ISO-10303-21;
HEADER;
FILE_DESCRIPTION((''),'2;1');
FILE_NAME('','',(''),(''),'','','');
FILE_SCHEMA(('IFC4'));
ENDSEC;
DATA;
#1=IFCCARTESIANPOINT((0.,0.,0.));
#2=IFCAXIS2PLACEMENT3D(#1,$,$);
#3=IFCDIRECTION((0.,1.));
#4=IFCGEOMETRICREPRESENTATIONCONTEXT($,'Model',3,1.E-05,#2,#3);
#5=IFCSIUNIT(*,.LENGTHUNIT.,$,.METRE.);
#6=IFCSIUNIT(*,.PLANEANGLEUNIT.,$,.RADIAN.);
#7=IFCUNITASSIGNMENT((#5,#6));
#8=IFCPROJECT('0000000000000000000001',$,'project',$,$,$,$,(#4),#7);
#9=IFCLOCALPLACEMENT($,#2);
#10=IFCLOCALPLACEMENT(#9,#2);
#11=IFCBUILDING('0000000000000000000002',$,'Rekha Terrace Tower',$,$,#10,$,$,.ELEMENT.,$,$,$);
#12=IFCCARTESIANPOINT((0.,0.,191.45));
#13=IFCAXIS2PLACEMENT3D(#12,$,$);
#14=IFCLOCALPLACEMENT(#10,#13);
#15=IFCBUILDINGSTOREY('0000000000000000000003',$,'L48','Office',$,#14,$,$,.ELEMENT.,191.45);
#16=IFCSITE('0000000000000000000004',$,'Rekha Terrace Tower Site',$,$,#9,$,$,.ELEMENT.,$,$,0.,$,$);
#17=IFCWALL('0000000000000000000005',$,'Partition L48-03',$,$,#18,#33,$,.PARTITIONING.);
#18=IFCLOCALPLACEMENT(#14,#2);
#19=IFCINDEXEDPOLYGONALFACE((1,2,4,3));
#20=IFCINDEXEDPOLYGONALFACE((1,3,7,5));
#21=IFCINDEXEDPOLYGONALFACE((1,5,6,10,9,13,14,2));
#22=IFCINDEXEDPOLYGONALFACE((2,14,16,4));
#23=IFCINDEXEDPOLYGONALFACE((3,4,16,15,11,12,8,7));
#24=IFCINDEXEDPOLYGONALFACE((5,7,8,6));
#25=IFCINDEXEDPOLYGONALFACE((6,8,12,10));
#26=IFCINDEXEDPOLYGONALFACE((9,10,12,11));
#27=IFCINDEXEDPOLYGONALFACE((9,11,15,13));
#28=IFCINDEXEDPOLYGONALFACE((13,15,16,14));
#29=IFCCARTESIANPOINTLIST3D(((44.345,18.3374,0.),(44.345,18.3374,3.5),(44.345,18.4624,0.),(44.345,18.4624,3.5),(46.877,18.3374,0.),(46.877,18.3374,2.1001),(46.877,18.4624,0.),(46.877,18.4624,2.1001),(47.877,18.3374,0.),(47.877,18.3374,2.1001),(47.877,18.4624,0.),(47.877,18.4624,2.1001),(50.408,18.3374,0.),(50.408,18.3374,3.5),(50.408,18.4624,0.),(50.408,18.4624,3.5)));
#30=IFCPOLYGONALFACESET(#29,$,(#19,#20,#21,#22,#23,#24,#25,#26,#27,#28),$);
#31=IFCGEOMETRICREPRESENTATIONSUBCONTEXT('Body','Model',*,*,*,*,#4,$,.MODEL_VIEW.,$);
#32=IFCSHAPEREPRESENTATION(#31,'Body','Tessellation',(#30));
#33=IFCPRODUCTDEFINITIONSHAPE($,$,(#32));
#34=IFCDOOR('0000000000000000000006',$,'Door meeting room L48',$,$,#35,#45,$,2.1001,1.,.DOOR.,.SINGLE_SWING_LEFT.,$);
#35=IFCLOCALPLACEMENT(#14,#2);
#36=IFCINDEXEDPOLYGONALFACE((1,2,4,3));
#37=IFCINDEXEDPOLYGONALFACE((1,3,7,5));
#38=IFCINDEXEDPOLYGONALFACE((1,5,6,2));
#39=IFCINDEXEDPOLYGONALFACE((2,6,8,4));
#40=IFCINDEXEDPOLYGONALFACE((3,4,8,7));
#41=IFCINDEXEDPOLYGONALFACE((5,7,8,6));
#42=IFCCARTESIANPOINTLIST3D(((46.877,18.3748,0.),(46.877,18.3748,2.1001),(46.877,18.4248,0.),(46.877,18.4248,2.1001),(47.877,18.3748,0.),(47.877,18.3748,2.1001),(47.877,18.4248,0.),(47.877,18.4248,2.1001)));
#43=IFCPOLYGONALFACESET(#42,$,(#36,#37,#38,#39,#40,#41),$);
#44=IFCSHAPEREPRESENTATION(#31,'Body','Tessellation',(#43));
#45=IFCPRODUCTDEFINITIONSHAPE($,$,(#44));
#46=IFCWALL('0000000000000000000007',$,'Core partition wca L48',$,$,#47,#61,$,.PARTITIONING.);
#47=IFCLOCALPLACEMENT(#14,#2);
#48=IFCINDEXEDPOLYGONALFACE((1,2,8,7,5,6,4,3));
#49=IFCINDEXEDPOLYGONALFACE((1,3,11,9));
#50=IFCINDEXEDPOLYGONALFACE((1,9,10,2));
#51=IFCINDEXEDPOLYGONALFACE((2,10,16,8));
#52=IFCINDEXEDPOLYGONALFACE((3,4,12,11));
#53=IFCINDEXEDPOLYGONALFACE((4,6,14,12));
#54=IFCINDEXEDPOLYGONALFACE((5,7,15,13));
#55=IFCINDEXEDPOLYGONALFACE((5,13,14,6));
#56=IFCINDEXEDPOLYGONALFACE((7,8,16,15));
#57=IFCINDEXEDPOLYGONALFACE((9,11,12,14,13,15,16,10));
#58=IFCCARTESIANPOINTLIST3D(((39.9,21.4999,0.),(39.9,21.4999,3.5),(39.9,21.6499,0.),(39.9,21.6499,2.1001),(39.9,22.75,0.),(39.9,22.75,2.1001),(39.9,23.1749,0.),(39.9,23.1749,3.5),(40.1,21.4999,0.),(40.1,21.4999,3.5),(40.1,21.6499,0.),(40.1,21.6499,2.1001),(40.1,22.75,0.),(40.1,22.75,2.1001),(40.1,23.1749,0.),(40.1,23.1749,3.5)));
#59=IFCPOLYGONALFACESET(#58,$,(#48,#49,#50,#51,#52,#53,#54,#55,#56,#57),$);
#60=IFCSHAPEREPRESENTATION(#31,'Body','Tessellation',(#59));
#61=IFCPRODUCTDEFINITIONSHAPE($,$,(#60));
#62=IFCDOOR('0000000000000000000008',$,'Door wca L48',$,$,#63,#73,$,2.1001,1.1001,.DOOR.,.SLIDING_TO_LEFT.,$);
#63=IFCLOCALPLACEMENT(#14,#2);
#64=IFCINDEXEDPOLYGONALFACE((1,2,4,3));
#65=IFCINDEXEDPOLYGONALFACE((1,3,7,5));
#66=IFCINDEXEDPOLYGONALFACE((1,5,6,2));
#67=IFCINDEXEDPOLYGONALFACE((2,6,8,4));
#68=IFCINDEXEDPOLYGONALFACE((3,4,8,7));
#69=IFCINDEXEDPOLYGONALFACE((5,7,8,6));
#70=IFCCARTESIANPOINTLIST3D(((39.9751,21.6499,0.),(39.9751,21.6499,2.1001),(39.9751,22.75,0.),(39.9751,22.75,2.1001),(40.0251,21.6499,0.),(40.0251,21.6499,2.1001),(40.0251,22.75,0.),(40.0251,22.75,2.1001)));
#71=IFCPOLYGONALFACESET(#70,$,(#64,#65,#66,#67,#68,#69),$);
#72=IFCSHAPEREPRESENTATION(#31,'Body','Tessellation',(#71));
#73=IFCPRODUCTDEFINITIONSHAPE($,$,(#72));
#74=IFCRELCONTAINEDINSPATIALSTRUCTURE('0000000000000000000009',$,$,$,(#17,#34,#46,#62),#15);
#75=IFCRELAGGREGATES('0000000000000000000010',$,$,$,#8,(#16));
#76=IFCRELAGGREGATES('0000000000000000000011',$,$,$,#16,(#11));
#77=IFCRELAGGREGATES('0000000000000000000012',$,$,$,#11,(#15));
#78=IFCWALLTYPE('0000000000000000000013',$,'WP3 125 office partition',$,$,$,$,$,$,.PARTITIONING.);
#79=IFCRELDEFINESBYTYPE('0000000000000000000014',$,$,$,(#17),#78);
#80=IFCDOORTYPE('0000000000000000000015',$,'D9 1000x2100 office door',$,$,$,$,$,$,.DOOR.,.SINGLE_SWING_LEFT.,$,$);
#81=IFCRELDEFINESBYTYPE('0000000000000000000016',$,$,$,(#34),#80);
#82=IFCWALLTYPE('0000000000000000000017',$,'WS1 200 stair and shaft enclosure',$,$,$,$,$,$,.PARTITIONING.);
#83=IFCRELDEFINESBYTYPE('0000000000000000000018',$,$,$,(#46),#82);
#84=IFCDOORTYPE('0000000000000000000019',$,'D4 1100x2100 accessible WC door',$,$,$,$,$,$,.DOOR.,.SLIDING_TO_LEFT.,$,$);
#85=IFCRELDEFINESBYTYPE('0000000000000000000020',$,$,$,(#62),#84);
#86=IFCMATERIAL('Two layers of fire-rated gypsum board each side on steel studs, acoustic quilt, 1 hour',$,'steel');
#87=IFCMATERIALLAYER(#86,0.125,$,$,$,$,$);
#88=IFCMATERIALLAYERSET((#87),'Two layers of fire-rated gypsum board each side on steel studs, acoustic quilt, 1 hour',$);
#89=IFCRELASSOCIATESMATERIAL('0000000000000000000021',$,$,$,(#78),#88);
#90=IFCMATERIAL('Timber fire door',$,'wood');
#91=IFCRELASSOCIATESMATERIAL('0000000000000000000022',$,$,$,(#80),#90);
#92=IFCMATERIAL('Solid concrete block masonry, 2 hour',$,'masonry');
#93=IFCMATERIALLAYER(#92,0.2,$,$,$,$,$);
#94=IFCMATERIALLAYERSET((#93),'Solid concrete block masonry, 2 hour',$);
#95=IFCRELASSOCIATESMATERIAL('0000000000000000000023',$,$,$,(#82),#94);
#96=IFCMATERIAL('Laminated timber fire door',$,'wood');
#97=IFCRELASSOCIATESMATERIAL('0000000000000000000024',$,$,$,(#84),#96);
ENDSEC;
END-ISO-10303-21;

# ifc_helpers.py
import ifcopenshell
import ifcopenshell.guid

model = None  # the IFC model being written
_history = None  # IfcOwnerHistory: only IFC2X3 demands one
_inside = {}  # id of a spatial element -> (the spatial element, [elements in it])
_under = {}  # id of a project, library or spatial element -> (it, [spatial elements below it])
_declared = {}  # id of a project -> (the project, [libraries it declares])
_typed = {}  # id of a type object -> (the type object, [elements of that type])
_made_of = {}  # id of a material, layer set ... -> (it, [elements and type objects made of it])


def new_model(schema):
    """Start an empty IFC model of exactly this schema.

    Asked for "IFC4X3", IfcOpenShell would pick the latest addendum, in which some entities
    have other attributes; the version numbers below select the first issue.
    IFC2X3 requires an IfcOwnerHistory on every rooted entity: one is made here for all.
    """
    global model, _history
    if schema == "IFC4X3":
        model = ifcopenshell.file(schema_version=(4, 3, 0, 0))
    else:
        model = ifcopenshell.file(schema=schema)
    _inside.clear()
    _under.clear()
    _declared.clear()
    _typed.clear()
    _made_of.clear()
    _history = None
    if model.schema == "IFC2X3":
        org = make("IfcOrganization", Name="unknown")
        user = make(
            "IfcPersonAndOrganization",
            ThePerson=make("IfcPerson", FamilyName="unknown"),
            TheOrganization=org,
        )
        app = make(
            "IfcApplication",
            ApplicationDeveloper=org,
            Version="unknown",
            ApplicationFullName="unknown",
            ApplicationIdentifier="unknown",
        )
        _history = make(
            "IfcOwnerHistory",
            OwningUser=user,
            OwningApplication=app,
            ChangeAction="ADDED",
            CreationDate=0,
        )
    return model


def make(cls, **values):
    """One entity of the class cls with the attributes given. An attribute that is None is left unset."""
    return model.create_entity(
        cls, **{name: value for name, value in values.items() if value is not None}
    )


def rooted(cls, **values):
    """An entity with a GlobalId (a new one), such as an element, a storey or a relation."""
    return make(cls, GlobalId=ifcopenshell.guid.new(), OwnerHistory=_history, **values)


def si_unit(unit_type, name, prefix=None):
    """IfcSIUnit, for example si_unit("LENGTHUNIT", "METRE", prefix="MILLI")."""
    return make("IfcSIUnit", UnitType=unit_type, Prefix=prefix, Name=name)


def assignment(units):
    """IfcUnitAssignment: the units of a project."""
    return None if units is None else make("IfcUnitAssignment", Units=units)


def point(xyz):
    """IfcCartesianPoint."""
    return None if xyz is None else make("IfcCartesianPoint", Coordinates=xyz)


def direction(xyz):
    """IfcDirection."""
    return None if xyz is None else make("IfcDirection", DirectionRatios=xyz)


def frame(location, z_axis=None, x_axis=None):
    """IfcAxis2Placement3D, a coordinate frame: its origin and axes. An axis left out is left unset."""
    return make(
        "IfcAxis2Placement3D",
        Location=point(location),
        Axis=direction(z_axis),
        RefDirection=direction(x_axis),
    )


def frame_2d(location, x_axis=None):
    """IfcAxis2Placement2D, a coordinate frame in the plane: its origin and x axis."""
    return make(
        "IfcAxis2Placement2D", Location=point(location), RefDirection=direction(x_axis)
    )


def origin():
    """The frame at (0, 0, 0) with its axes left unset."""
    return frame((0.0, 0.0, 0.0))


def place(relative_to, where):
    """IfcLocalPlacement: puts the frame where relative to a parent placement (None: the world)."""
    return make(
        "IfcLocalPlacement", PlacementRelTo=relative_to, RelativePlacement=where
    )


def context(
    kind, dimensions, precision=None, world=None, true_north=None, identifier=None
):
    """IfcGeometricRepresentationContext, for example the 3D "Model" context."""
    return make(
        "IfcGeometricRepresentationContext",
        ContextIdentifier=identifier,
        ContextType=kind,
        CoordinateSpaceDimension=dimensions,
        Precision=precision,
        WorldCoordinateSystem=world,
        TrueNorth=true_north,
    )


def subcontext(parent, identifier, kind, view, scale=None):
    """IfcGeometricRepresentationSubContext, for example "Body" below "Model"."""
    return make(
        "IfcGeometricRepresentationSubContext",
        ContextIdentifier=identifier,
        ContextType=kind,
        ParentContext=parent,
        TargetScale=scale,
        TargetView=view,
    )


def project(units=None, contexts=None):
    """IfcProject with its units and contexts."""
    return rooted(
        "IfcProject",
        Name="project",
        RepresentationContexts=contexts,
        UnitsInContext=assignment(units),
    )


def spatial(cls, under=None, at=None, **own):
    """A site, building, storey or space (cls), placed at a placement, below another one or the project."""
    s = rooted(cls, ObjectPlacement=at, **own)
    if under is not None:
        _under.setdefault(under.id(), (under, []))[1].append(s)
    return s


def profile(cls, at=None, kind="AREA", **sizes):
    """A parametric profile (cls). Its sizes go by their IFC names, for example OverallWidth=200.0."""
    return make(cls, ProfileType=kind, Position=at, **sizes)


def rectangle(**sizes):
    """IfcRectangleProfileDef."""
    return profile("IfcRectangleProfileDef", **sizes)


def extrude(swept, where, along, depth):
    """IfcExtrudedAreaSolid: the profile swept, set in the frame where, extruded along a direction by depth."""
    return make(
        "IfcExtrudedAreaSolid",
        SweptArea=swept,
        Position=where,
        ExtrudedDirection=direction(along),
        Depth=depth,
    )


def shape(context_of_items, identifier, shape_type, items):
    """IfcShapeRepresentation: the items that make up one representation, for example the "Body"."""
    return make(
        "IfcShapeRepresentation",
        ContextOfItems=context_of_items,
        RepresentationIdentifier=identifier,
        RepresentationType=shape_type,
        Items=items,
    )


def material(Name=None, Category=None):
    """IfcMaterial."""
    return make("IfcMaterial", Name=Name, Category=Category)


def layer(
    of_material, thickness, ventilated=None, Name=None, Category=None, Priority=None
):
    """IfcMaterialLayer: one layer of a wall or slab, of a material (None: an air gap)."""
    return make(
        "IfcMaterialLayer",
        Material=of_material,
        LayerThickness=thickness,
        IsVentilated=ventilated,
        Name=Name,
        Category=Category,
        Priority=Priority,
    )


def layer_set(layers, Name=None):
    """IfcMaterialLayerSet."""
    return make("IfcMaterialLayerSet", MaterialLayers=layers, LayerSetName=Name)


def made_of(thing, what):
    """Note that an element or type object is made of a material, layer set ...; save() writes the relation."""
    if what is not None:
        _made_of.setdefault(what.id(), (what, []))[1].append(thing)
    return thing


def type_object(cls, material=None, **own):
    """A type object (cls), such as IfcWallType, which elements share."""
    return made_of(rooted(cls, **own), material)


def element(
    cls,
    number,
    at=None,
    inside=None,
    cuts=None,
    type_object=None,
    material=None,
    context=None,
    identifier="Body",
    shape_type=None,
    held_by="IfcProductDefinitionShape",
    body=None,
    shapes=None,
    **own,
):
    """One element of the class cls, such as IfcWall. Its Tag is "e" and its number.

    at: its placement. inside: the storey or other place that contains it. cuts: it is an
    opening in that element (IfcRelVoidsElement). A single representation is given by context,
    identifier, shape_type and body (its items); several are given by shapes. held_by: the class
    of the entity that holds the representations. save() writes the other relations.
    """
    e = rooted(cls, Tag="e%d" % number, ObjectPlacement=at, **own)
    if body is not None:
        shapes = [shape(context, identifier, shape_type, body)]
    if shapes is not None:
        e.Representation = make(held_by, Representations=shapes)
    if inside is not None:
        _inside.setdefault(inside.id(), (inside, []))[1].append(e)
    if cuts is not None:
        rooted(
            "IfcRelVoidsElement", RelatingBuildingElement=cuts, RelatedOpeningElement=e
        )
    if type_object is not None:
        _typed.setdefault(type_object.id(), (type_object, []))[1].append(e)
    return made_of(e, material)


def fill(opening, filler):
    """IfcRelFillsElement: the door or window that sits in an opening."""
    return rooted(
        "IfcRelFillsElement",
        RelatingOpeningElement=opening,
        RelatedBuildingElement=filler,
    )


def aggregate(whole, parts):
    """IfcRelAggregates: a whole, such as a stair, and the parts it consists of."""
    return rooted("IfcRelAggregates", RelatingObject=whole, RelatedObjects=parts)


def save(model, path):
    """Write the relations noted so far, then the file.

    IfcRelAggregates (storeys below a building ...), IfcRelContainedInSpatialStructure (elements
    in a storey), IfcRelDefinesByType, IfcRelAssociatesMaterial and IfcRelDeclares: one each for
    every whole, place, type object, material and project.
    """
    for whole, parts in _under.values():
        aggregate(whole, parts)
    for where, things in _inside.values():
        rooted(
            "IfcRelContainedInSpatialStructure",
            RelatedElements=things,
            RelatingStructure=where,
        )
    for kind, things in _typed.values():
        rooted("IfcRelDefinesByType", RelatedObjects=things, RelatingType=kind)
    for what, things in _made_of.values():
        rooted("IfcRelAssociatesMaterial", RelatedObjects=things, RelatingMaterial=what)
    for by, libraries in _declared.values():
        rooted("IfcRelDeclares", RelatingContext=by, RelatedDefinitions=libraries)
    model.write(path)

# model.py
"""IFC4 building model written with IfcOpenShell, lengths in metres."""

from ifc_helpers import new_model, si_unit, direction, frame, frame_2d, origin, place, context, subcontext, project, spatial, rectangle, extrude, material, layer, layer_set, type_object, element, fill, save


model = new_model("IFC4")

# Units and contexts
model_context = context("Model", 3, precision=1e-05, world=origin(), true_north=direction((0.0, 1.0)))
body_context = subcontext(model_context, "Body", "Model", "MODEL_VIEW")
ifc_project = project(units=[si_unit("LENGTHUNIT", "METRE"), si_unit("PLANEANGLEUNIT", "RADIAN")], contexts=[model_context])

# Site, building, storey
site_placement = place(None, origin())
site = spatial("IfcSite", under=ifc_project, at=site_placement, Name="Rekha Terrace Tower Site", CompositionType="ELEMENT", RefElevation=0.0)
building_placement = place(site_placement, origin())
building = spatial("IfcBuilding", under=site, at=building_placement, Name="Rekha Terrace Tower", CompositionType="ELEMENT")
storey_placement = place(building_placement, frame((0.0, 0.0, 191.45)))
storey = spatial("IfcBuildingStorey", under=building, at=storey_placement, Name="L48", Description="Office", CompositionType="ELEMENT", Elevation=191.45)

# Shared definitions
ifc_material_1 = material(Name="Two layers of fire-rated gypsum board each side on steel studs, acoustic quilt, 1 hour", Category="steel")
ifc_layer_1 = layer(ifc_material_1, 0.125)
ifc_layer_set_1 = layer_set([ifc_layer_1], Name="Two layers of fire-rated gypsum board each side on steel studs, acoustic quilt, 1 hour")
wall_type_1 = type_object("IfcWallType", Name="WP3 125 office partition", PredefinedType="PARTITIONING", material=ifc_layer_set_1)

# Walls, openings, doors
wall_1_placement = place(storey_placement, frame((44.345, 18.3999, 0.0), z_axis=(0.0, 0.0, 1.0), x_axis=(1.0, 0.0, 0.0)))
wall_1 = element("IfcWall", 1, at=wall_1_placement, inside=storey, type_object=wall_type_1, Name="Partition L48-03", PredefinedType="PARTITIONING", context=body_context, shape_type="SweptSolid", body=[
    extrude(rectangle(XDim=6.063, YDim=0.125, at=frame_2d((3.0315, 0.0))), origin(), (0.0, 0.0, 1.0), 3.5),
])
opening_1_placement = place(wall_1_placement, frame((2.532, 0.0, 0.0)))
opening_1 = element("IfcOpeningElement", 2, at=opening_1_placement, cuts=wall_1, PredefinedType="OPENING", context=body_context, shape_type="SweptSolid", body=[
    extrude(rectangle(XDim=1.0, YDim=2.1001, at=frame_2d((0.5, 1.05))), frame((0.0, 0.0725, 0.0), z_axis=(0.0, -1.0, 0.0), x_axis=(1.0, 0.0, 0.0)), (0.0, 0.0, 1.0), 0.145),
])
ifc_material_2 = material(Name="Timber fire door", Category="wood")
door_type_1 = type_object("IfcDoorType", Name="D9 1000x2100 office door", OperationType="SINGLE_SWING_LEFT", PredefinedType="DOOR", material=ifc_material_2)
door_1_placement = place(opening_1_placement, origin())
door_1 = element("IfcDoor", 3, at=door_1_placement, inside=storey, type_object=door_type_1, Name="Door meeting room L48", OperationType="SINGLE_SWING_LEFT", OverallHeight=2.1001, OverallWidth=1.0, PredefinedType="DOOR", context=body_context, shape_type="SweptSolid", body=[
    extrude(rectangle(XDim=1.0, YDim=2.1001, at=frame_2d((0.5, 1.05))), frame((0.0, 0.0249, 0.0), z_axis=(0.0, -1.0, 0.0), x_axis=(1.0, 0.0, 0.0)), (0.0, 0.0, 1.0), 0.05),
])
fill(opening_1, door_1)
ifc_material_3 = material(Name="Solid concrete block masonry, 2 hour", Category="masonry")
ifc_layer_2 = layer(ifc_material_3, 0.2)
ifc_layer_set_2 = layer_set([ifc_layer_2], Name="Solid concrete block masonry, 2 hour")
wall_type_2 = type_object("IfcWallType", Name="WS1 200 stair and shaft enclosure", PredefinedType="PARTITIONING", material=ifc_layer_set_2)
wall_2_placement = place(storey_placement, frame((40.0, 21.5, 0.0), z_axis=(0.0, 0.0, 1.0), x_axis=(0.0, 1.0, 0.0)))
wall_2 = element("IfcWall", 4, at=wall_2_placement, inside=storey, type_object=wall_type_2, Name="Core partition wca L48", PredefinedType="PARTITIONING", context=body_context, shape_type="SweptSolid", body=[
    extrude(rectangle(XDim=1.675, YDim=0.2, at=frame_2d((0.8374, 0.0))), origin(), (0.0, 0.0, 1.0), 3.5),
])
opening_2_placement = place(wall_2_placement, frame((0.1499, 0.0, 0.0)))
opening_2 = element("IfcOpeningElement", 5, at=opening_2_placement, cuts=wall_2, PredefinedType="OPENING", context=body_context, shape_type="SweptSolid", body=[
    extrude(rectangle(XDim=1.1001, YDim=2.1001, at=frame_2d((0.55, 1.05))), frame((0.0, 0.1099, 0.0), z_axis=(0.0, -1.0, 0.0), x_axis=(1.0, 0.0, 0.0)), (0.0, 0.0, 1.0), 0.22),
])
ifc_material_4 = material(Name="Laminated timber fire door", Category="wood")
door_type_2 = type_object("IfcDoorType", Name="D4 1100x2100 accessible WC door", OperationType="SLIDING_TO_LEFT", PredefinedType="DOOR", material=ifc_material_4)
door_2_placement = place(opening_2_placement, origin())
door_2 = element("IfcDoor", 6, at=door_2_placement, inside=storey, type_object=door_type_2, Name="Door wca L48", OperationType="SLIDING_TO_LEFT", OverallHeight=2.1001, OverallWidth=1.1001, PredefinedType="DOOR", context=body_context, shape_type="SweptSolid", body=[
    extrude(rectangle(XDim=1.1001, YDim=2.1001, at=frame_2d((0.55, 1.05))), frame((0.0, 0.0249, 0.0), z_axis=(0.0, -1.0, 0.0), x_axis=(1.0, 0.0, 0.0)), (0.0, 0.0, 1.0), 0.05),
])
fill(opening_2, door_2)

save(model, "model.ifc")
